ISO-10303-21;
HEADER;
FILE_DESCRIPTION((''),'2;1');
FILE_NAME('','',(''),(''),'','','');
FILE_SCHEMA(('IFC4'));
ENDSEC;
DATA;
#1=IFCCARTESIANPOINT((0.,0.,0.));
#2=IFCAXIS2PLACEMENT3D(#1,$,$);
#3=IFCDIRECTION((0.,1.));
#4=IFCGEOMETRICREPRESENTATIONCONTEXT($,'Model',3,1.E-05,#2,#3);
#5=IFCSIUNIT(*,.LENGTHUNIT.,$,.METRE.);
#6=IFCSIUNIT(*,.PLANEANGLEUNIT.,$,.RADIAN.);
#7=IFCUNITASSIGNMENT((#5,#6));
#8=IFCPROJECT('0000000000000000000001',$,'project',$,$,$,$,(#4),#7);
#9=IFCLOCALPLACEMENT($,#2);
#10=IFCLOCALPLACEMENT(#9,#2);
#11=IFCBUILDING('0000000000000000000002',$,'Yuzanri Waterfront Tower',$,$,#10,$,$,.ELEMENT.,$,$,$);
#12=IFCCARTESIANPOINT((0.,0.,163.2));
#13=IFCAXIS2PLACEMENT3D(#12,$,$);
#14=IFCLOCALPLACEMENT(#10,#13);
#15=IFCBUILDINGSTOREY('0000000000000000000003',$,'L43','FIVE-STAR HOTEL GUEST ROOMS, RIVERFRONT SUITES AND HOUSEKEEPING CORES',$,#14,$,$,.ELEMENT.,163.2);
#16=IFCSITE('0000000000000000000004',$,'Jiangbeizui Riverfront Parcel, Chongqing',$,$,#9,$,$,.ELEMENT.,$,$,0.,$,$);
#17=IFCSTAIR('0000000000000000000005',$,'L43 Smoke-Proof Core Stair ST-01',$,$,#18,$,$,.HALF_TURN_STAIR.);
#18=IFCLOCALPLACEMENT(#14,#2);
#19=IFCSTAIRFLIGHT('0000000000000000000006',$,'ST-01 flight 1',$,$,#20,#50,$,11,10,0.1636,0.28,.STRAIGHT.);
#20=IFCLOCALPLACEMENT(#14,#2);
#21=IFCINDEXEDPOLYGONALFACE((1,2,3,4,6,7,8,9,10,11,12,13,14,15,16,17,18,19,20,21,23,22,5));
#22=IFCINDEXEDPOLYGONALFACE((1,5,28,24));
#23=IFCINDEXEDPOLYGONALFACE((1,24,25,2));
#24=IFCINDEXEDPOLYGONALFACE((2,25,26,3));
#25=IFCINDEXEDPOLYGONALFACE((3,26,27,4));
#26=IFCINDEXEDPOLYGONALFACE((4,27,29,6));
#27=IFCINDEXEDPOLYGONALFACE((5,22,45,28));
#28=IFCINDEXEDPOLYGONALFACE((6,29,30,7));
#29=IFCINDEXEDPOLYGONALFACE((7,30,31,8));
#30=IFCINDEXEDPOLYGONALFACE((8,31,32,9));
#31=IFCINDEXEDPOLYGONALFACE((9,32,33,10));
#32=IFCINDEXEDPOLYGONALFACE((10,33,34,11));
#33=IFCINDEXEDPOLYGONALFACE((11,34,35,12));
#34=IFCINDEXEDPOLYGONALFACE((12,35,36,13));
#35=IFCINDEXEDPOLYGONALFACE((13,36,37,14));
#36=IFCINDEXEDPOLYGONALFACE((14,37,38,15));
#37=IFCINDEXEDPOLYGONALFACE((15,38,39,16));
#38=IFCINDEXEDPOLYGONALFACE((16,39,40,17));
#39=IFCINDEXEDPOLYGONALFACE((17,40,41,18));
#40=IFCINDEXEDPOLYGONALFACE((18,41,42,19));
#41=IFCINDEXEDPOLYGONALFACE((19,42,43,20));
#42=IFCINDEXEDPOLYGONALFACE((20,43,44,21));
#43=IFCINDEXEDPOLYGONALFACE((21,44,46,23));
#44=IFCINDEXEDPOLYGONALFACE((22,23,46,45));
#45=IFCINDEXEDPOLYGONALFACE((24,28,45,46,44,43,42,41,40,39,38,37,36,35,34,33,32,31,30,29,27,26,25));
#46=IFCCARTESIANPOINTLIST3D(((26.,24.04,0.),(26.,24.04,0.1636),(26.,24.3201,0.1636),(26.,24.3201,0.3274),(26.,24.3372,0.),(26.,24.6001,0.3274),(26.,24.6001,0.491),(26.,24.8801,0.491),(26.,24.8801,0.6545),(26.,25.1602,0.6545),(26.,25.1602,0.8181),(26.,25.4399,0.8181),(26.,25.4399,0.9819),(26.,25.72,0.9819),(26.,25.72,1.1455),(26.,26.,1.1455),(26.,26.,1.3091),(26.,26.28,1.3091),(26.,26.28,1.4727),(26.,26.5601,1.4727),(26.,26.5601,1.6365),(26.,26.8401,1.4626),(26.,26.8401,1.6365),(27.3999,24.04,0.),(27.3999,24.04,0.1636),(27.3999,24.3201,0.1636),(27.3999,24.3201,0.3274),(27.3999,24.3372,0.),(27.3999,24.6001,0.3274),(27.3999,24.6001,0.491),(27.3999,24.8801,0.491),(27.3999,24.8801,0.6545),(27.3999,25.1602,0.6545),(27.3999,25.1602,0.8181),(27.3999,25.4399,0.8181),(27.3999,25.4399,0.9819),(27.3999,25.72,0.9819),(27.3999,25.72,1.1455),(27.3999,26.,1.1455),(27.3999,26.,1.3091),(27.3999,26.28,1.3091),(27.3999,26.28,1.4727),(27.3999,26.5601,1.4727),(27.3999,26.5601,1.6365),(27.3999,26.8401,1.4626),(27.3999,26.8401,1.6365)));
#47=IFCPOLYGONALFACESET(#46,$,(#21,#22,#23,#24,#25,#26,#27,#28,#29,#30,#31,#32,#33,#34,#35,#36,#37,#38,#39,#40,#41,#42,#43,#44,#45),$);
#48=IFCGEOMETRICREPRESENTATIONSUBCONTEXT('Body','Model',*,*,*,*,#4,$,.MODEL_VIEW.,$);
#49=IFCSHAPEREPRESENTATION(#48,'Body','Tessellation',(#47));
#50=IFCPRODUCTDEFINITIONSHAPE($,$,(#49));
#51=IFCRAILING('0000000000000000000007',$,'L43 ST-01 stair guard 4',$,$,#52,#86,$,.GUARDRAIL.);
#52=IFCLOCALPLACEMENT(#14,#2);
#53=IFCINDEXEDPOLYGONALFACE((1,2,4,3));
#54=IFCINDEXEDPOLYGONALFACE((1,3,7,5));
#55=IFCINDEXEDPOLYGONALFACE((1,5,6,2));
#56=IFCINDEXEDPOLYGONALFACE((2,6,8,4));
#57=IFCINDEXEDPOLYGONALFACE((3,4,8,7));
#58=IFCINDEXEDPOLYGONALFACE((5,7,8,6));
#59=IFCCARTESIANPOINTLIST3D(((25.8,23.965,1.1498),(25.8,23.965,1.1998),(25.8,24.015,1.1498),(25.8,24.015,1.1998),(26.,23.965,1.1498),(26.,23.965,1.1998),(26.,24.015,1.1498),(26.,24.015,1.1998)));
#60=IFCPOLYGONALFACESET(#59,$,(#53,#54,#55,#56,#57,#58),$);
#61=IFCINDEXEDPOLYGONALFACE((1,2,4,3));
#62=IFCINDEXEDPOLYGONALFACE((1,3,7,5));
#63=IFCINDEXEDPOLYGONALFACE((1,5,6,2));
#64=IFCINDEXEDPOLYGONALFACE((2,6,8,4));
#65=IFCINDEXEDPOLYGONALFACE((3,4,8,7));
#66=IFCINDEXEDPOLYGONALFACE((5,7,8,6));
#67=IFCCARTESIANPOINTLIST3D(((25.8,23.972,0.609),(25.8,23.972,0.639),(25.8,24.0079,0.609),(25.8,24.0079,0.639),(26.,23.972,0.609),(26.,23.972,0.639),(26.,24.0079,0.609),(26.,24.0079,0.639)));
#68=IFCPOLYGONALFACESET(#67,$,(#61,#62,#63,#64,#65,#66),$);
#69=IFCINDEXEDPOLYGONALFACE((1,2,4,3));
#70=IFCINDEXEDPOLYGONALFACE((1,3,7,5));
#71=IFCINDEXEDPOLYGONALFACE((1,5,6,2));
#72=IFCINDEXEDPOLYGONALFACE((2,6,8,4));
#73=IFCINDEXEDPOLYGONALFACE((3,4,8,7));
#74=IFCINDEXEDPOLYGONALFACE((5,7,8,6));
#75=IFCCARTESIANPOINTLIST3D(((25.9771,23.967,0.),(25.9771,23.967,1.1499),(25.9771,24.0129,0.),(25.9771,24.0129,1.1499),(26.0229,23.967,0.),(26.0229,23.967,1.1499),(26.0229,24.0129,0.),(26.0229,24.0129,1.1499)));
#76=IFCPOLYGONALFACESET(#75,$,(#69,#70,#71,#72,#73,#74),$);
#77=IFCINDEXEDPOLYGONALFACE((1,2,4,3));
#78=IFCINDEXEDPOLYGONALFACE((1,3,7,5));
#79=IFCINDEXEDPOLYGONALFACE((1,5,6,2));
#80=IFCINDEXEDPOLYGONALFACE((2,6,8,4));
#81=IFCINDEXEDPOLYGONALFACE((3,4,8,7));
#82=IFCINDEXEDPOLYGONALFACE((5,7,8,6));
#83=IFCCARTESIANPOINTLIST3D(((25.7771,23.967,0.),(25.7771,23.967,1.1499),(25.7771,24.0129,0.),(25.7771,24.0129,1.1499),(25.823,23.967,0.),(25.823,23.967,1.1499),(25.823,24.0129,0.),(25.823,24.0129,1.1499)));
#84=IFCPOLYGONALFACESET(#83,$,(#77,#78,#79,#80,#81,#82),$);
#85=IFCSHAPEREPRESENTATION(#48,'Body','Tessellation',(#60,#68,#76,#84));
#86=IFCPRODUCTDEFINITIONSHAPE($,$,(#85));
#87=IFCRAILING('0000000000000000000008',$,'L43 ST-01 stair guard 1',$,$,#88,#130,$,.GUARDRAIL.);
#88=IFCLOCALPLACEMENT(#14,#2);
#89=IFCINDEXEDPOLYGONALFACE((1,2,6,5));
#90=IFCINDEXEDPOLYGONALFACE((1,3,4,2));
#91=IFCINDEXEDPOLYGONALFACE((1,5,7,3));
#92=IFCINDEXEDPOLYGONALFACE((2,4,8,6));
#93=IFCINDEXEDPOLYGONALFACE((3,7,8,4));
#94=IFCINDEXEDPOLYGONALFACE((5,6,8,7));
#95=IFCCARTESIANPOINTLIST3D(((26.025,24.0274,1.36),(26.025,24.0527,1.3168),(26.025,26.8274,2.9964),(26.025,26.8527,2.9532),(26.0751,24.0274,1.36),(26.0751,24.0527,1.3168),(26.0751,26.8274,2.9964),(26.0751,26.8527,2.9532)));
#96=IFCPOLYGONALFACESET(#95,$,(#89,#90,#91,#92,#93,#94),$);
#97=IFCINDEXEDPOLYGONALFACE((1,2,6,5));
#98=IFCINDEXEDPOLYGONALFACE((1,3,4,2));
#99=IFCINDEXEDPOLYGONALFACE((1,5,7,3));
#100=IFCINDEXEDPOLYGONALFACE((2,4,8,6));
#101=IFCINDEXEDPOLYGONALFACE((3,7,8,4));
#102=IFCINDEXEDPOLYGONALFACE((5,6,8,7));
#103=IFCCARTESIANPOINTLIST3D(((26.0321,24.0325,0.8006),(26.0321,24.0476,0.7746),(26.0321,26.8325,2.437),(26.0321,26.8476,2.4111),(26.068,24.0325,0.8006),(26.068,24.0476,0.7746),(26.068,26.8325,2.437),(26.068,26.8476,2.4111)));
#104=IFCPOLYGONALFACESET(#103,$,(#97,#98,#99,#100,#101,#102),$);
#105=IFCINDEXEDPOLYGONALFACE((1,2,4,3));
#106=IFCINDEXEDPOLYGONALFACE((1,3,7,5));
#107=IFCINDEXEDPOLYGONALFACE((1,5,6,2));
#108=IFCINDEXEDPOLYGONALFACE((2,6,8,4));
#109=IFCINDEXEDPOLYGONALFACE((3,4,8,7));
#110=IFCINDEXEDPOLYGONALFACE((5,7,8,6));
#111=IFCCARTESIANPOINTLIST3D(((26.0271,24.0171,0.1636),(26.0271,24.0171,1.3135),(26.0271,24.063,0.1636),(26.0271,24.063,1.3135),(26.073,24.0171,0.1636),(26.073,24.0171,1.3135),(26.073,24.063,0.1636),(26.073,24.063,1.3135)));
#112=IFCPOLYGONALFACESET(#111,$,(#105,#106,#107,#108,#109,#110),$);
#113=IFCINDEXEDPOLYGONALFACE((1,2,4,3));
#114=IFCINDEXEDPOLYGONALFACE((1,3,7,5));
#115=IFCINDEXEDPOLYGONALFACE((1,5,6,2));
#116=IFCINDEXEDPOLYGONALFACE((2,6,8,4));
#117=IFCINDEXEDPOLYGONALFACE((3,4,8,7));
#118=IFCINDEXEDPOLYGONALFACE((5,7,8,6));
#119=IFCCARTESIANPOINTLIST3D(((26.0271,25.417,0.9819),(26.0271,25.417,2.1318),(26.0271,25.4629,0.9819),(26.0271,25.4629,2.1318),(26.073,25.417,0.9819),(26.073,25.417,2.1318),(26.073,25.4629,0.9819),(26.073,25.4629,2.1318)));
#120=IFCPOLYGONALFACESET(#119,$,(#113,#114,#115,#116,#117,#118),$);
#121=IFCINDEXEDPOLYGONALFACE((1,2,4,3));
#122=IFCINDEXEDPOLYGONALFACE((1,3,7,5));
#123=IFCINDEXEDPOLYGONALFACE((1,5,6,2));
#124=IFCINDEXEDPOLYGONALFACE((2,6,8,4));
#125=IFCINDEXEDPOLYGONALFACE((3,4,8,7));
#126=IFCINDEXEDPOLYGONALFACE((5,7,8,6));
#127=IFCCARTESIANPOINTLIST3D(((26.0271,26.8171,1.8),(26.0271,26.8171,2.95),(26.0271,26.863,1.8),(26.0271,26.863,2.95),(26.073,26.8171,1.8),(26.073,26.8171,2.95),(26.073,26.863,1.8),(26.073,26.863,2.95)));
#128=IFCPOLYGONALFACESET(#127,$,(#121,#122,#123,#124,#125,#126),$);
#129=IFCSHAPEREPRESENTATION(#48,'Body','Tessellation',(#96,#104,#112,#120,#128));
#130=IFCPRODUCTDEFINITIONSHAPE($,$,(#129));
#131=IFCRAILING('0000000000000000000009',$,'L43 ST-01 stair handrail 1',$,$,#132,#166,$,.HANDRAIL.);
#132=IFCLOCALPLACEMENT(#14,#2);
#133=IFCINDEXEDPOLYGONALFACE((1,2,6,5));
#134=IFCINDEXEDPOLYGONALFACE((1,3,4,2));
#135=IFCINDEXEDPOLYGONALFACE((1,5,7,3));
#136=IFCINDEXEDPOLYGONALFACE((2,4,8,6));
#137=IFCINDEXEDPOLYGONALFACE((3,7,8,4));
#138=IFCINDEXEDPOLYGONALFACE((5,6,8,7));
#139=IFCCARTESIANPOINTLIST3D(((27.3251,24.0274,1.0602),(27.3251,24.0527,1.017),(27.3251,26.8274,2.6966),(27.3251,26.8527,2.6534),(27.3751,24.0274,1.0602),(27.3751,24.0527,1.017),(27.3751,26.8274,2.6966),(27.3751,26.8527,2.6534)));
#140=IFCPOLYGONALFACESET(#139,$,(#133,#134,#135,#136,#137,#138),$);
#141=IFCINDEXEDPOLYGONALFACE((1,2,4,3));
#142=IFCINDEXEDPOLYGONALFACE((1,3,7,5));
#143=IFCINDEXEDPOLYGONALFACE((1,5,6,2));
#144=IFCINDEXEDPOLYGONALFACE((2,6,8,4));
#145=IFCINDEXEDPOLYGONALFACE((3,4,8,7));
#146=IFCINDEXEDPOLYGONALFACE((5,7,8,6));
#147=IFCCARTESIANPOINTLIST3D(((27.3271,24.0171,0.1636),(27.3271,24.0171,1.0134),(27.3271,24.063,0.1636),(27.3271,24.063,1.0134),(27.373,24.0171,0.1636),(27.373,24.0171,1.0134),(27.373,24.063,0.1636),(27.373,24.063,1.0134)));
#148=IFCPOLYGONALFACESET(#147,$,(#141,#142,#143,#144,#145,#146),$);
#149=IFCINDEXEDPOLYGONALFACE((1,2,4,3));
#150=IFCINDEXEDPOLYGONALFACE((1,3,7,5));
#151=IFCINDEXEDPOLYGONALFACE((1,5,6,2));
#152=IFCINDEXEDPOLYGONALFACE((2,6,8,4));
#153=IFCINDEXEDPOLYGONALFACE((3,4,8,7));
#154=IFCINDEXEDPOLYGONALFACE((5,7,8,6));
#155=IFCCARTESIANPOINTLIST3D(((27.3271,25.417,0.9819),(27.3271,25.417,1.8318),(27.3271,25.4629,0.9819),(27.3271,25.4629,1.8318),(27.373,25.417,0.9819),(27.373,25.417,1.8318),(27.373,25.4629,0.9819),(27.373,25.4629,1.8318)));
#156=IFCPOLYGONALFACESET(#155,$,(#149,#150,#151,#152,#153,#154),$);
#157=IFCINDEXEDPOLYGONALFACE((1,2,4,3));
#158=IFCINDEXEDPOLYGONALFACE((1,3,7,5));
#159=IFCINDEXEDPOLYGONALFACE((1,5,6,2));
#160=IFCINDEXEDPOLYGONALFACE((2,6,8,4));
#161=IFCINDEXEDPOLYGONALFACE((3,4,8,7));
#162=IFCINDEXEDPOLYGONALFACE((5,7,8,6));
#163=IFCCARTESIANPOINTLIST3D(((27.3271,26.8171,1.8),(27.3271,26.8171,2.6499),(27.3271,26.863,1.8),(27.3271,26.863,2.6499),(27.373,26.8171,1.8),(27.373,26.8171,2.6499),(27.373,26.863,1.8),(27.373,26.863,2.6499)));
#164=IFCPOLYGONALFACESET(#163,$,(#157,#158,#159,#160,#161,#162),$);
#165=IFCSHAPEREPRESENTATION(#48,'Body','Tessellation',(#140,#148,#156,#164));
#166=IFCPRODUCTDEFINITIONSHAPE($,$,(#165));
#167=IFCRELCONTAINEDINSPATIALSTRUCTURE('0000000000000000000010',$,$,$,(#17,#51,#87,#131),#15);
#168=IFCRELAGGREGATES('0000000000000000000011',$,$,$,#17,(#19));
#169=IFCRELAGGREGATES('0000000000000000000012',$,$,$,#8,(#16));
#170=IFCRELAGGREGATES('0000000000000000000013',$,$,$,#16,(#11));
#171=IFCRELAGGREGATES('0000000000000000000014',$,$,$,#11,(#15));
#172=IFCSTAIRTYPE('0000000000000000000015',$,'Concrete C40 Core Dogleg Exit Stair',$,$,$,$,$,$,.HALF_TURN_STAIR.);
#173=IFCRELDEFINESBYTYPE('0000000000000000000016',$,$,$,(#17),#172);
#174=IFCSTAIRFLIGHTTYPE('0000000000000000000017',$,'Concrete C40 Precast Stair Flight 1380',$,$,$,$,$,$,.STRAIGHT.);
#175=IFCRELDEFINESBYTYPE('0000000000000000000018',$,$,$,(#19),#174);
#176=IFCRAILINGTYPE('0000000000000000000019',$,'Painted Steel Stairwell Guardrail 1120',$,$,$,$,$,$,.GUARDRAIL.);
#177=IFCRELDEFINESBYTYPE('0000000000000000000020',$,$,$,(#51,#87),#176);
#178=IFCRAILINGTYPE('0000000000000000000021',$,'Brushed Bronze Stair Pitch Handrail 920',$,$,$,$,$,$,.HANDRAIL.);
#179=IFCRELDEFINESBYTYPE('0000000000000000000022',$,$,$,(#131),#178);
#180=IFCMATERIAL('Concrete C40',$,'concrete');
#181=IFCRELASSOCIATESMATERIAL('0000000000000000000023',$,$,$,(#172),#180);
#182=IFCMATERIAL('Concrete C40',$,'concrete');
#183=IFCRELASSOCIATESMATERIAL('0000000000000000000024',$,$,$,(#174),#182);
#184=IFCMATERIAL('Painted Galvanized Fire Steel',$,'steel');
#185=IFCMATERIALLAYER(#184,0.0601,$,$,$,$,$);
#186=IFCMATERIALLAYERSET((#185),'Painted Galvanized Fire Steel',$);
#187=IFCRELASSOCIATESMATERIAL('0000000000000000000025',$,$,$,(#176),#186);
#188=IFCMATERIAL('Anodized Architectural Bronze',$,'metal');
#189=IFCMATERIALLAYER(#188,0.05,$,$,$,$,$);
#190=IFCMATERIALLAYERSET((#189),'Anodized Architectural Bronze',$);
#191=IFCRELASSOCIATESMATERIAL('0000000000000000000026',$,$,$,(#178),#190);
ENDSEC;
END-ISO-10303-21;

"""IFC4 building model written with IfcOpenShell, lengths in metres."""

from ifc_helpers import new_model, si_unit, direction, frame, origin, origin_2d, place, context, subcontext, project, spatial, polyline, rectangle, outline, extrude, source, transform, mapped, material, layer, layer_set, type_object, element, aggregate, save


model = new_model("IFC4")

# Units and contexts
model_context = context("Model", 3, precision=1e-05, world=origin(), true_north=direction((0.0, 1.0)))
body_context = subcontext(model_context, "Body", "Model", "MODEL_VIEW")
ifc_project = project(units=[si_unit("LENGTHUNIT", "METRE"), si_unit("PLANEANGLEUNIT", "RADIAN")], contexts=[model_context])

# Site, building, storey
site_placement = place(None, origin())
site = spatial("IfcSite", under=ifc_project, at=site_placement, Name="Jiangbeizui Riverfront Parcel, Chongqing", CompositionType="ELEMENT", RefElevation=0.0)
building_placement = place(site_placement, origin())
building = spatial("IfcBuilding", under=site, at=building_placement, Name="Yuzanri Waterfront Tower", CompositionType="ELEMENT")
storey_placement = place(building_placement, frame((0.0, 0.0, 163.2)))
storey = spatial("IfcBuildingStorey", under=building, at=storey_placement, Name="L43", Description="FIVE-STAR HOTEL GUEST ROOMS, RIVERFRONT SUITES AND HOUSEKEEPING CORES", CompositionType="ELEMENT", Elevation=163.2)

# Stair, stair flight
ifc_material_1 = material(Name="Concrete C40", Category="concrete")
stair_type = type_object("IfcStairType", Name="Concrete C40 Core Dogleg Exit Stair", PredefinedType="HALF_TURN_STAIR", material=ifc_material_1)
stair_placement = place(storey_placement, origin())
stair = element("IfcStair", 1, at=stair_placement, inside=storey, type_object=stair_type, Name="L43 Smoke-Proof Core Stair ST-01", PredefinedType="HALF_TURN_STAIR")
ifc_material_2 = material(Name="Concrete C40", Category="concrete")
stair_flight_type = type_object("IfcStairFlightType", Name="Concrete C40 Precast Stair Flight 1380", PredefinedType="STRAIGHT", material=ifc_material_2)
shared_shape_1 = source(origin(), body_context, "Body", "SweptSolid", [
    extrude(outline(polyline([(0.0, 0.0), (0.0, 0.1636), (0.28, 0.1636), (0.28, 0.3274), (0.5601, 0.3274), (0.5601, 0.491), (0.8401, 0.491), (0.8401, 0.6545), (1.1201, 0.6545), (1.1201, 0.8181), (1.3999, 0.8181), (1.3999, 0.9819), (1.6799, 0.9819), (1.6799, 1.1455), (1.96, 1.1455), (1.96, 1.3091), (2.24, 1.3091), (2.24, 1.4727), (2.52, 1.4727), (2.52, 1.6365), (2.8, 1.6365), (2.8, 1.8), (2.8, 1.4626), (0.2971, 0.0), (0.0, 0.0)])), frame((0.0, 0.7, 0.0), z_axis=(0.0, -1.0, 0.0), x_axis=(1.0, 0.0, 0.0)), (0.0, 0.0, 1.0), 1.3999),
])
stair_flight_placement = place(storey_placement, frame((26.7, 24.04, 0.0), z_axis=(0.0, 0.0, 1.0), x_axis=(0.0, 1.0, 0.0)))
stair_flight = element("IfcStairFlight", 2, at=stair_flight_placement, type_object=stair_flight_type, Name="ST-01 flight 1", NumberOfRisers=11, NumberOfTreads=10, PredefinedType="STRAIGHT", RiserHeight=0.1636, TreadLength=0.28, context=body_context, shape_type="MappedRepresentation", body=[
    mapped(shared_shape_1, transform((0.0, 0.0, 0.0), scale=1.0)),
])
aggregate(stair, [stair_flight])

# Railings
ifc_material_3 = material(Name="Painted Galvanized Fire Steel", Category="steel")
ifc_layer_1 = layer(ifc_material_3, 0.0601)
ifc_layer_set_1 = layer_set([ifc_layer_1], Name="Painted Galvanized Fire Steel")
railing_type_1 = type_object("IfcRailingType", Name="Painted Steel Stairwell Guardrail 1120", PredefinedType="GUARDRAIL", material=ifc_layer_set_1)
shared_shape_2 = source(origin(), body_context, "Body", "SweptSolid", [
    extrude(rectangle(XDim=0.05, YDim=0.05, at=origin_2d()), frame((0.0, 0.0, 1.1748), z_axis=(-1.0, 0.0, 0.0), x_axis=(0.0, -1.0, 0.0)), (0.0, 0.0, 1.0), 0.2),
    extrude(rectangle(XDim=0.0359, YDim=0.03, at=origin_2d()), frame((0.0, 0.0, 0.624), z_axis=(-1.0, 0.0, 0.0), x_axis=(0.0, -1.0, 0.0)), (0.0, 0.0, 1.0), 0.2),
    extrude(rectangle(XDim=0.0459, YDim=0.0459, at=origin_2d()), origin(), (0.0, 0.0, 1.0), 1.1499),
    extrude(rectangle(XDim=0.0459, YDim=0.0459, at=origin_2d()), frame((-0.2, 0.0, 0.0)), (0.0, 0.0, 1.0), 1.1499),
])
railing_1_placement = place(storey_placement, frame((26.0, 23.99, 0.0)))
element("IfcRailing", 3, at=railing_1_placement, inside=storey, type_object=railing_type_1, Name="L43 ST-01 stair guard 4", PredefinedType="GUARDRAIL", context=body_context, shape_type="MappedRepresentation", body=[
    mapped(shared_shape_2, transform((0.0, 0.0, 0.0), scale=1.0)),
])
shared_shape_3 = source(origin(), body_context, "Body", "SweptSolid", [
    extrude(rectangle(XDim=0.05, YDim=0.05, at=origin_2d()), frame((0.0, 0.0, 1.1748), z_axis=(0.0, 0.863361, 0.504587), x_axis=(-1.0, 0.0, 0.0)), (0.0, 0.0, 1.0), 3.2432),
    extrude(rectangle(XDim=0.0359, YDim=0.03, at=origin_2d()), frame((0.0, 0.0, 0.624), z_axis=(0.0, 0.863361, 0.504587), x_axis=(-1.0, 0.0, 0.0)), (0.0, 0.0, 1.0), 3.2432),
    extrude(rectangle(XDim=0.0459, YDim=0.0459, at=origin_2d()), origin(), (0.0, 0.0, 1.0), 1.1499),
    extrude(rectangle(XDim=0.0459, YDim=0.0459, at=origin_2d()), frame((0.0, 1.3999, 0.8184)), (0.0, 0.0, 1.0), 1.1499),
    extrude(rectangle(XDim=0.0459, YDim=0.0459, at=origin_2d()), frame((0.0, 2.8, 1.6365)), (0.0, 0.0, 1.0), 1.1499),
])
railing_2_placement = place(storey_placement, frame((26.05, 24.04, 0.1636)))
element("IfcRailing", 4, at=railing_2_placement, inside=storey, type_object=railing_type_1, Name="L43 ST-01 stair guard 1", PredefinedType="GUARDRAIL", context=body_context, shape_type="MappedRepresentation", body=[
    mapped(shared_shape_3, transform((0.0, 0.0, 0.0), scale=1.0)),
])
ifc_material_4 = material(Name="Anodized Architectural Bronze", Category="metal")
ifc_layer_2 = layer(ifc_material_4, 0.05)
ifc_layer_set_2 = layer_set([ifc_layer_2], Name="Anodized Architectural Bronze")
railing_type_2 = type_object("IfcRailingType", Name="Brushed Bronze Stair Pitch Handrail 920", PredefinedType="HANDRAIL", material=ifc_layer_set_2)
shared_shape_4 = source(origin(), body_context, "Body", "SweptSolid", [
    extrude(rectangle(XDim=0.05, YDim=0.05, at=origin_2d()), frame((0.0, 0.0, 0.875), z_axis=(0.0, 0.863361, 0.504587), x_axis=(-1.0, 0.0, 0.0)), (0.0, 0.0, 1.0), 3.2432),
    extrude(rectangle(XDim=0.0459, YDim=0.0459, at=origin_2d()), origin(), (0.0, 0.0, 1.0), 0.8499),
    extrude(rectangle(XDim=0.0459, YDim=0.0459, at=origin_2d()), frame((0.0, 1.3999, 0.8184)), (0.0, 0.0, 1.0), 0.8499),
    extrude(rectangle(XDim=0.0459, YDim=0.0459, at=origin_2d()), frame((0.0, 2.8, 1.6365)), (0.0, 0.0, 1.0), 0.8499),
])
railing_3_placement = place(storey_placement, frame((27.3501, 24.04, 0.1636)))
element("IfcRailing", 5, at=railing_3_placement, inside=storey, type_object=railing_type_2, Name="L43 ST-01 stair handrail 1", PredefinedType="HANDRAIL", context=body_context, shape_type="MappedRepresentation", body=[
    mapped(shared_shape_4, transform((0.0, 0.0, 0.0), scale=1.0)),
])

save(model, "model.ifc")
